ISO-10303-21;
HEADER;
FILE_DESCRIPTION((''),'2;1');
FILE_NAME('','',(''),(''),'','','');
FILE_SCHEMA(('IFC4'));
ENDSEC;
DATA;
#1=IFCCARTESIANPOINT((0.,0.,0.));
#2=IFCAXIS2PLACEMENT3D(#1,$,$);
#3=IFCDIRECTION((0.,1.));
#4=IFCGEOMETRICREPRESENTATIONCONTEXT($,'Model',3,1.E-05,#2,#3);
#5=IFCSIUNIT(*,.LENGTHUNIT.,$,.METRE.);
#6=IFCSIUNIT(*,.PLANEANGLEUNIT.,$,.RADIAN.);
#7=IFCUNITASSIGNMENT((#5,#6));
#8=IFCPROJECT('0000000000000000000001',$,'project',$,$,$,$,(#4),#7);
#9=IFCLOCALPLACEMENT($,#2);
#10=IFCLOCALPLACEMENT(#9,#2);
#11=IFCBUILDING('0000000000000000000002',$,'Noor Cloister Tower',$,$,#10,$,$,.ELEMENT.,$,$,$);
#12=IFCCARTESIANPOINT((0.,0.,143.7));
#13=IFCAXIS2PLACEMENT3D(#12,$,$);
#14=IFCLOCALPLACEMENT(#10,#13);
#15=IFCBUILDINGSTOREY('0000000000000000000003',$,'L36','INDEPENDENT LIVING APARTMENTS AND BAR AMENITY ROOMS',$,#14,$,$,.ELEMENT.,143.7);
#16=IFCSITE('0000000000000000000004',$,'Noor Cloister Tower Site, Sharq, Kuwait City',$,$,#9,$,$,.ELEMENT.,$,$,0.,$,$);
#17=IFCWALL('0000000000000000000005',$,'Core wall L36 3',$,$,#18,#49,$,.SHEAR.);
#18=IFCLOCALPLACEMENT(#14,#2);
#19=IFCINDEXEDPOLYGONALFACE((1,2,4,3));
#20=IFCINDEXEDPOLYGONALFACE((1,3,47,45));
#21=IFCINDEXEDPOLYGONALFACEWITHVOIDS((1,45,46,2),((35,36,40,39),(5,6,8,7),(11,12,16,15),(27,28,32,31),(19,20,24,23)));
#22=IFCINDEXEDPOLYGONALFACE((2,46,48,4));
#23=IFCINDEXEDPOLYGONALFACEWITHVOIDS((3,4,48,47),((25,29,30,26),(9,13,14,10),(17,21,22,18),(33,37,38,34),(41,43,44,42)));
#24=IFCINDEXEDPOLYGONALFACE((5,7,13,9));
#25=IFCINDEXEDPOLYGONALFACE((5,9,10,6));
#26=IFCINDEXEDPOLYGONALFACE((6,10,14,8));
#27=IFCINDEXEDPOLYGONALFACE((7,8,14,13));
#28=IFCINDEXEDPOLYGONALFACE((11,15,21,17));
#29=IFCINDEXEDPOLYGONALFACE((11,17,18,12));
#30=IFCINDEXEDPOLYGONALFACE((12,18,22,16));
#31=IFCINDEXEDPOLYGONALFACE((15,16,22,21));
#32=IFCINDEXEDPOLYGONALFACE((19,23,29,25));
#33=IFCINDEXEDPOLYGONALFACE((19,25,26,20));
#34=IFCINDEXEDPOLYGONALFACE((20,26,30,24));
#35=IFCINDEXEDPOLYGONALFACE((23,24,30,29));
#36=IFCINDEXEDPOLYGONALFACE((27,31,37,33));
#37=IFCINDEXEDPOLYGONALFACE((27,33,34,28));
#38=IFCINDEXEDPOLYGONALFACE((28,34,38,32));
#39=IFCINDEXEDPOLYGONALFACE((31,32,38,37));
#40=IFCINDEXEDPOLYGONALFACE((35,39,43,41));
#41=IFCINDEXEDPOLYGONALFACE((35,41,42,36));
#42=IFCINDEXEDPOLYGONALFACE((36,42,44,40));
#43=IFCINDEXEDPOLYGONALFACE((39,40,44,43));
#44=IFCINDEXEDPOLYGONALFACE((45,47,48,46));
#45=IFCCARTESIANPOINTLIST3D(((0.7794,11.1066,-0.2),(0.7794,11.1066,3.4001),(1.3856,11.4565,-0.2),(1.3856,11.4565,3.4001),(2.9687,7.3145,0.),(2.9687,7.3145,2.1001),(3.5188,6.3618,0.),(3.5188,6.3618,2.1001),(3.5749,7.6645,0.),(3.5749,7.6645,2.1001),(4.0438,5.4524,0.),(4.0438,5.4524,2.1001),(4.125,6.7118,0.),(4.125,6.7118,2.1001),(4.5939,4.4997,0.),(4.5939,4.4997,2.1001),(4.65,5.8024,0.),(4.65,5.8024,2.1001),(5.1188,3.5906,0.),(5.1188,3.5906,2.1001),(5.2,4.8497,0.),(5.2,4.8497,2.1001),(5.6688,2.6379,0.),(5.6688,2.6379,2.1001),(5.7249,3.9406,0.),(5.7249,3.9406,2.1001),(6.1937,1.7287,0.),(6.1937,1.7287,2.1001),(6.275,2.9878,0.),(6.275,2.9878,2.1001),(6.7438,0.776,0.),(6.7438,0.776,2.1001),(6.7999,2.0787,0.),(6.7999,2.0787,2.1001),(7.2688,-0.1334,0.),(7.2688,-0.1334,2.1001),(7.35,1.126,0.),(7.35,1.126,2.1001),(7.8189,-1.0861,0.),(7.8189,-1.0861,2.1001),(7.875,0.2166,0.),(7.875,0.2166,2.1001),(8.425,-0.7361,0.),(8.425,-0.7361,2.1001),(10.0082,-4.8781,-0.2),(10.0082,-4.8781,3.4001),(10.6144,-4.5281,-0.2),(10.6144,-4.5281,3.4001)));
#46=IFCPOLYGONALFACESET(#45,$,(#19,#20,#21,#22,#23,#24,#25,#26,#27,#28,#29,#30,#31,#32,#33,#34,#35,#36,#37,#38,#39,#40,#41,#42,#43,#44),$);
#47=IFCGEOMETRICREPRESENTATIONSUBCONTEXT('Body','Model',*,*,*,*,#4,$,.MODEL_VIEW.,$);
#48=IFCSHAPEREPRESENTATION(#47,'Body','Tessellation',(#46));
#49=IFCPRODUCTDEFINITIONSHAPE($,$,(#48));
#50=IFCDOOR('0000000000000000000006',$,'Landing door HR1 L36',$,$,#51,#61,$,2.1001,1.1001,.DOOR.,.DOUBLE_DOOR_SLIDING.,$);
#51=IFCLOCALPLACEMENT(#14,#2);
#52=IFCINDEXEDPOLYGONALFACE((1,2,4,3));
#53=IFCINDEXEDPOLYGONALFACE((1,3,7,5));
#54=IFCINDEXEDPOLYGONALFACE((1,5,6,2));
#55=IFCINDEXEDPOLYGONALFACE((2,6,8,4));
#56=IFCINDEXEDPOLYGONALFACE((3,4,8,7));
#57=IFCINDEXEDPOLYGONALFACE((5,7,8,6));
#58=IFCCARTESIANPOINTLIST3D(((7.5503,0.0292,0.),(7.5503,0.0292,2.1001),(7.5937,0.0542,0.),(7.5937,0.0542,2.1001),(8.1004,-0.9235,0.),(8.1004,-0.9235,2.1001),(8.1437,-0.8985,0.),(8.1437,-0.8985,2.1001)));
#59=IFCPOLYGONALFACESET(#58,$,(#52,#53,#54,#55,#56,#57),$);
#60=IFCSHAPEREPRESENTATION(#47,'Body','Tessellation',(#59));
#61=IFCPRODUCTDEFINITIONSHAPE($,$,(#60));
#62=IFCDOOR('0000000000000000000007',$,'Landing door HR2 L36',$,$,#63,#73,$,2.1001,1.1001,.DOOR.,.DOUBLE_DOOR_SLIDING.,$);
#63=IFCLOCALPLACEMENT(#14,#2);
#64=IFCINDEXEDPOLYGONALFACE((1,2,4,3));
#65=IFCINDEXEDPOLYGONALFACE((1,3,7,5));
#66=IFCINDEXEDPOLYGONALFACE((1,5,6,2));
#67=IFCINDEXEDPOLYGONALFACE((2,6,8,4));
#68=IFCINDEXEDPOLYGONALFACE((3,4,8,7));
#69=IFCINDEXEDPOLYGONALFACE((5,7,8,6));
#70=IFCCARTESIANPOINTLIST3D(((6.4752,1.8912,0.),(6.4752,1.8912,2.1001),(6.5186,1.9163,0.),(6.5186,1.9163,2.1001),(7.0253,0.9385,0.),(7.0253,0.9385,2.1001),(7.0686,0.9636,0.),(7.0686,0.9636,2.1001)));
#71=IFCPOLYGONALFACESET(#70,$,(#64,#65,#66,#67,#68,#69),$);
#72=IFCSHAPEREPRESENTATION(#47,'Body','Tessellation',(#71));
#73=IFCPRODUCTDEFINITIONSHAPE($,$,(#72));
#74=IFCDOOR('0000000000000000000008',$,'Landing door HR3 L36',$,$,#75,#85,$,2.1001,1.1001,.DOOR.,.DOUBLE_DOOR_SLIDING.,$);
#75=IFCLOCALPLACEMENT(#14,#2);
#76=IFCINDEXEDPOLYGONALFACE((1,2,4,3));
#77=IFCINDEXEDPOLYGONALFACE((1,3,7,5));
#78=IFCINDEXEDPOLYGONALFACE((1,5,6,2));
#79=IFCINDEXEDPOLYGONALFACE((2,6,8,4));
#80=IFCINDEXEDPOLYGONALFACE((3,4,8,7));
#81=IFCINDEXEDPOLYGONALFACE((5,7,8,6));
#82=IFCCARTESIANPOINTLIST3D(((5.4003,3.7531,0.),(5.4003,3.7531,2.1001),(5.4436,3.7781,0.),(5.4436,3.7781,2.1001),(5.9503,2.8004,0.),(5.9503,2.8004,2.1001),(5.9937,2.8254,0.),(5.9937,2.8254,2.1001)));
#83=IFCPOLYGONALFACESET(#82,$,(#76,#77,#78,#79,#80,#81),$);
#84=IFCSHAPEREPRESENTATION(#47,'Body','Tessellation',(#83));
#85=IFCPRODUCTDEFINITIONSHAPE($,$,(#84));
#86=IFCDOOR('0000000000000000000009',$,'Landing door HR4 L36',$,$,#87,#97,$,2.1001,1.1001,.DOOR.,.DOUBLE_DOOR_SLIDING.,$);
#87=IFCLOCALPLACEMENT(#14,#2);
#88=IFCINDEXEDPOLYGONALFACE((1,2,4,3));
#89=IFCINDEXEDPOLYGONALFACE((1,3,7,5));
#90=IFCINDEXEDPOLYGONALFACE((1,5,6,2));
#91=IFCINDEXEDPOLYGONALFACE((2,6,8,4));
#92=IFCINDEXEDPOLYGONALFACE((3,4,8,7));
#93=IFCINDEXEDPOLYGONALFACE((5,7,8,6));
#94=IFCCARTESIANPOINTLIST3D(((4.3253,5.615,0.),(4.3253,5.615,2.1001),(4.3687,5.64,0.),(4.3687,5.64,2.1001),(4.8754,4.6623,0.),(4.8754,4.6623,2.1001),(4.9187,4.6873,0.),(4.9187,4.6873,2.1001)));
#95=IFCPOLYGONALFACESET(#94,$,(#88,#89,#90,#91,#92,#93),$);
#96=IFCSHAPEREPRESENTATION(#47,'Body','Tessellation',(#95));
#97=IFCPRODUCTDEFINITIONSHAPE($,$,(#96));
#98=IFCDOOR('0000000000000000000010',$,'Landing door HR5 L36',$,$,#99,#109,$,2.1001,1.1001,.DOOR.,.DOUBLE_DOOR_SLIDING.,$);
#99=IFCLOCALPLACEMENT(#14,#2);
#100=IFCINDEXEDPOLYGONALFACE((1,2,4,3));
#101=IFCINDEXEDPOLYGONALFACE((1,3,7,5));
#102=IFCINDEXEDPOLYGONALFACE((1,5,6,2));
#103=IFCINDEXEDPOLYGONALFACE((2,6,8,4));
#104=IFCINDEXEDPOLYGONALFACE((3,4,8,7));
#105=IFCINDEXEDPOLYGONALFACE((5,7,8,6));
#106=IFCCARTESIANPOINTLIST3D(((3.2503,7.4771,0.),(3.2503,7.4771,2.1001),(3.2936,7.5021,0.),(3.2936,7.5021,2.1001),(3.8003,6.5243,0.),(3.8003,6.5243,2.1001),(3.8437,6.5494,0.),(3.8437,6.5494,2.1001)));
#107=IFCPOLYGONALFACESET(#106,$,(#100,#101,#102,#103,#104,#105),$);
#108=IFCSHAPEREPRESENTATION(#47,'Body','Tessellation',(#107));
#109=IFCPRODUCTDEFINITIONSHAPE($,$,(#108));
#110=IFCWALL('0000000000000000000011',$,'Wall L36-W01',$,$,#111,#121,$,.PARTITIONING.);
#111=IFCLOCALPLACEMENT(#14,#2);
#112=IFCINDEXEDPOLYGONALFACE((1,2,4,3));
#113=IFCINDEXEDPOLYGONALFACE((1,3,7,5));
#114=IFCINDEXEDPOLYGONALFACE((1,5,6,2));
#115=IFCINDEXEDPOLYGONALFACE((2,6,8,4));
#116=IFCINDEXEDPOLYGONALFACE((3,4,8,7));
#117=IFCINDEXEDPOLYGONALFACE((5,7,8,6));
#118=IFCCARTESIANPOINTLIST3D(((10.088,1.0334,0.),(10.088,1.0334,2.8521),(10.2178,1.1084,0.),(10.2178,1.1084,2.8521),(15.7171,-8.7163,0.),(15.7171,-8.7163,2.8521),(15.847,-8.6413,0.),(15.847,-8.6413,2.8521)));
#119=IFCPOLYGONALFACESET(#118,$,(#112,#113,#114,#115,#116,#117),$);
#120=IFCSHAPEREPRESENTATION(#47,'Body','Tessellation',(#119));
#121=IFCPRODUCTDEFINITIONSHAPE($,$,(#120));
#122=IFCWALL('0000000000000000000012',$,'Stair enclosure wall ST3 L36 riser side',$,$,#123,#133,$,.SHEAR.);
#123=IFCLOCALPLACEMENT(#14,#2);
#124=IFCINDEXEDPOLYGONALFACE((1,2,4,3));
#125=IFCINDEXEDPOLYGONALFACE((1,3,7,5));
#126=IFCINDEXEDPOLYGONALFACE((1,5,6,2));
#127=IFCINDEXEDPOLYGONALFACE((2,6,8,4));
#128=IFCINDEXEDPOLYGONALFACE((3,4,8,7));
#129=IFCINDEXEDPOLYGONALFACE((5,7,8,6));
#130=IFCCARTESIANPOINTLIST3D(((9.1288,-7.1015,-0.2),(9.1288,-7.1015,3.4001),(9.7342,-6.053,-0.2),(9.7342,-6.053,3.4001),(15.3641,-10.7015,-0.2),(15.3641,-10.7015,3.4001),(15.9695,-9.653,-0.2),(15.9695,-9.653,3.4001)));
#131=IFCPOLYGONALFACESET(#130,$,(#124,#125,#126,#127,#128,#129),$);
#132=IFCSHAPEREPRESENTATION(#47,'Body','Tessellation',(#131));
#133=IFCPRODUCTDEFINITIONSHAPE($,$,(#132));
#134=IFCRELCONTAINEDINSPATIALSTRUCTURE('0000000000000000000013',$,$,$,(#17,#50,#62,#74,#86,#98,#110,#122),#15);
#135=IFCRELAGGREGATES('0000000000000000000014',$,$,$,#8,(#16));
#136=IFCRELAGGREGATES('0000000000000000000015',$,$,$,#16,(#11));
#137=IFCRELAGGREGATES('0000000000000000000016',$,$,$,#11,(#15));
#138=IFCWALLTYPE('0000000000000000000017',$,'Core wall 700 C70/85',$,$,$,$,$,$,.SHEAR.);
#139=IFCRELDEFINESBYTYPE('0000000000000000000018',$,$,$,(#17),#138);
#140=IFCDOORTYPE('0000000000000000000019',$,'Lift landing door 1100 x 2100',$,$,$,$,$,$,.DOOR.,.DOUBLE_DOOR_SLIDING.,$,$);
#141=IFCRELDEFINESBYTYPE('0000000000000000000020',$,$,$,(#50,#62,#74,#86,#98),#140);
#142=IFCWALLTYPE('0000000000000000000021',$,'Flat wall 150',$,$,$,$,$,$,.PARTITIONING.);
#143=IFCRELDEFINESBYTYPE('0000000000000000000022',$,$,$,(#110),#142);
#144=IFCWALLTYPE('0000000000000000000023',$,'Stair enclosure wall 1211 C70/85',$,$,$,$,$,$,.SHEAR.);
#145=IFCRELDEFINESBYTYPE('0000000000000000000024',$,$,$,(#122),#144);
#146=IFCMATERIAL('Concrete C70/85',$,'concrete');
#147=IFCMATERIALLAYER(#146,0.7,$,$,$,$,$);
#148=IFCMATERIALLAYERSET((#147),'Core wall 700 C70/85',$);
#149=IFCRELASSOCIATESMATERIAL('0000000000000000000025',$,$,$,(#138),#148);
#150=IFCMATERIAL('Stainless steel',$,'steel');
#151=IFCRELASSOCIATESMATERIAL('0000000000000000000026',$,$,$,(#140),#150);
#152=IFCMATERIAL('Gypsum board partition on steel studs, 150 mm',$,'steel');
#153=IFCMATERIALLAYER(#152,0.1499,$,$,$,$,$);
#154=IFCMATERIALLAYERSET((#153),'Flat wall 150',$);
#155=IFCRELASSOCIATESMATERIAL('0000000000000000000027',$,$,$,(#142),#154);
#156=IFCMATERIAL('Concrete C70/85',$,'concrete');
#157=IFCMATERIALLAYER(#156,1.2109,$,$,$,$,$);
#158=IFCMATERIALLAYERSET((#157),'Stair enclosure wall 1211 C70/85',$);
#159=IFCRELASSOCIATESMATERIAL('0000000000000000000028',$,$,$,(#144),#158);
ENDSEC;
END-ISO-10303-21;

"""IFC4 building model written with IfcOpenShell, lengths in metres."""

from ifc_helpers import new_model, si_unit, direction, frame, frame_2d, origin, place, context, subcontext, project, spatial, rectangle, extrude, material, layer, layer_set, type_object, element, fill, save


model = new_model("IFC4")

# Units and contexts
model_context = context("Model", 3, precision=1e-05, world=origin(), true_north=direction((0.0, 1.0)))
body_context = subcontext(model_context, "Body", "Model", "MODEL_VIEW")
ifc_project = project(units=[si_unit("LENGTHUNIT", "METRE"), si_unit("PLANEANGLEUNIT", "RADIAN")], contexts=[model_context])

# Site, building, storey
site_placement = place(None, origin())
site = spatial("IfcSite", under=ifc_project, at=site_placement, Name="Noor Cloister Tower Site, Sharq, Kuwait City", CompositionType="ELEMENT", RefElevation=0.0)
building_placement = place(site_placement, origin())
building = spatial("IfcBuilding", under=site, at=building_placement, Name="Noor Cloister Tower", CompositionType="ELEMENT")
storey_placement = place(building_placement, frame((0.0, 0.0, 143.7)))
storey = spatial("IfcBuildingStorey", under=building, at=storey_placement, Name="L36", Description="INDEPENDENT LIVING APARTMENTS AND BAR AMENITY ROOMS", CompositionType="ELEMENT", Elevation=143.7)

# Wall, openings, doors
ifc_material_1 = material(Name="Concrete C70/85", Category="concrete")
ifc_layer_1 = layer(ifc_material_1, 0.7)
ifc_layer_set_1 = layer_set([ifc_layer_1], Name="Core wall 700 C70/85")
wall_type_1 = type_object("IfcWallType", Name="Core wall 700 C70/85", PredefinedType="SHEAR", material=ifc_layer_set_1)
wall_1_placement = place(storey_placement, frame((10.3113, -4.7031, -0.2), z_axis=(0.0, 0.0, 1.0), x_axis=(-0.500001, 0.866025, 0.0)))
wall_1 = element("IfcWall", 1, at=wall_1_placement, inside=storey, type_object=wall_type_1, Name="Core wall L36 3", PredefinedType="SHEAR", context=body_context, shape_type="SweptSolid", body=[
    extrude(rectangle(XDim=18.4575, YDim=0.7, at=frame_2d((9.2288, 0.0))), origin(), (0.0, 0.0, 1.0), 3.6001),
])
opening_1_placement = place(wall_1_placement, frame((4.3787, 0.0, 0.2)))
opening_1 = element("IfcOpeningElement", 2, at=opening_1_placement, cuts=wall_1, PredefinedType="OPENING", context=body_context, shape_type="SweptSolid", body=[
    extrude(rectangle(XDim=1.1001, YDim=2.1001, at=frame_2d((0.55, 1.05))), frame((0.0, 0.3599, 0.0), z_axis=(0.0, -1.0, 0.0), x_axis=(1.0, 0.0, 0.0)), (0.0, 0.0, 1.0), 0.72),
])
opening_2_placement = place(wall_1_placement, frame((6.5288, 0.0, 0.2)))
opening_2 = element("IfcOpeningElement", 3, at=opening_2_placement, cuts=wall_1, PredefinedType="OPENING", context=body_context, shape_type="SweptSolid", body=[
    extrude(rectangle(XDim=1.1001, YDim=2.1001, at=frame_2d((0.55, 1.05))), frame((0.0, 0.3599, 0.0), z_axis=(0.0, -1.0, 0.0), x_axis=(1.0, 0.0, 0.0)), (0.0, 0.0, 1.0), 0.72),
])
opening_3_placement = place(wall_1_placement, frame((8.6787, 0.0, 0.2)))
opening_3 = element("IfcOpeningElement", 4, at=opening_3_placement, cuts=wall_1, PredefinedType="OPENING", context=body_context, shape_type="SweptSolid", body=[
    extrude(rectangle(XDim=1.1001, YDim=2.1001, at=frame_2d((0.55, 1.05))), frame((0.0, 0.3599, 0.0), z_axis=(0.0, -1.0, 0.0), x_axis=(1.0, 0.0, 0.0)), (0.0, 0.0, 1.0), 0.72),
])
opening_4_placement = place(wall_1_placement, frame((10.8286, 0.0, 0.2)))
opening_4 = element("IfcOpeningElement", 5, at=opening_4_placement, cuts=wall_1, PredefinedType="OPENING", context=body_context, shape_type="SweptSolid", body=[
    extrude(rectangle(XDim=1.1001, YDim=2.1001, at=frame_2d((0.55, 1.05))), frame((0.0, 0.3599, 0.0), z_axis=(0.0, -1.0, 0.0), x_axis=(1.0, 0.0, 0.0)), (0.0, 0.0, 1.0), 0.72),
])
opening_5_placement = place(wall_1_placement, frame((12.9788, 0.0, 0.2)))
opening_5 = element("IfcOpeningElement", 6, at=opening_5_placement, cuts=wall_1, PredefinedType="OPENING", context=body_context, shape_type="SweptSolid", body=[
    extrude(rectangle(XDim=1.1001, YDim=2.1001, at=frame_2d((0.55, 1.05))), frame((0.0, 0.3599, 0.0), z_axis=(0.0, -1.0, 0.0), x_axis=(1.0, 0.0, 0.0)), (0.0, 0.0, 1.0), 0.72),
])
ifc_material_2 = material(Name="Stainless steel", Category="steel")
door_type = type_object("IfcDoorType", Name="Lift landing door 1100 x 2100", OperationType="DOUBLE_DOOR_SLIDING", PredefinedType="DOOR", material=ifc_material_2)
door_1_placement = place(opening_1_placement, origin())
door_1 = element("IfcDoor", 7, at=door_1_placement, inside=storey, type_object=door_type, Name="Landing door HR1 L36", OperationType="DOUBLE_DOOR_SLIDING", OverallHeight=2.1001, OverallWidth=1.1001, PredefinedType="DOOR", context=body_context, shape_type="SweptSolid", body=[
    extrude(rectangle(XDim=1.1001, YDim=2.1001, at=frame_2d((0.55, 1.05))), frame((0.0, 0.0249, 0.0), z_axis=(0.0, -1.0, 0.0), x_axis=(1.0, 0.0, 0.0)), (0.0, 0.0, 1.0), 0.05),
])
fill(opening_1, door_1)
door_2_placement = place(opening_2_placement, origin())
door_2 = element("IfcDoor", 8, at=door_2_placement, inside=storey, type_object=door_type, Name="Landing door HR2 L36", OperationType="DOUBLE_DOOR_SLIDING", OverallHeight=2.1001, OverallWidth=1.1001, PredefinedType="DOOR", context=body_context, shape_type="SweptSolid", body=[
    extrude(rectangle(XDim=1.1001, YDim=2.1001, at=frame_2d((0.55, 1.05))), frame((0.0, 0.0249, 0.0), z_axis=(0.0, -1.0, 0.0), x_axis=(1.0, 0.0, 0.0)), (0.0, 0.0, 1.0), 0.05),
])
fill(opening_2, door_2)
door_3_placement = place(opening_3_placement, origin())
door_3 = element("IfcDoor", 9, at=door_3_placement, inside=storey, type_object=door_type, Name="Landing door HR3 L36", OperationType="DOUBLE_DOOR_SLIDING", OverallHeight=2.1001, OverallWidth=1.1001, PredefinedType="DOOR", context=body_context, shape_type="SweptSolid", body=[
    extrude(rectangle(XDim=1.1001, YDim=2.1001, at=frame_2d((0.55, 1.05))), frame((0.0, 0.0249, 0.0), z_axis=(0.0, -1.0, 0.0), x_axis=(1.0, 0.0, 0.0)), (0.0, 0.0, 1.0), 0.05),
])
fill(opening_3, door_3)
door_4_placement = place(opening_4_placement, origin())
door_4 = element("IfcDoor", 10, at=door_4_placement, inside=storey, type_object=door_type, Name="Landing door HR4 L36", OperationType="DOUBLE_DOOR_SLIDING", OverallHeight=2.1001, OverallWidth=1.1001, PredefinedType="DOOR", context=body_context, shape_type="SweptSolid", body=[
    extrude(rectangle(XDim=1.1001, YDim=2.1001, at=frame_2d((0.55, 1.05))), frame((0.0, 0.0249, 0.0), z_axis=(0.0, -1.0, 0.0), x_axis=(1.0, 0.0, 0.0)), (0.0, 0.0, 1.0), 0.05),
])
fill(opening_4, door_4)
door_5_placement = place(opening_5_placement, origin())
door_5 = element("IfcDoor", 11, at=door_5_placement, inside=storey, type_object=door_type, Name="Landing door HR5 L36", OperationType="DOUBLE_DOOR_SLIDING", OverallHeight=2.1001, OverallWidth=1.1001, PredefinedType="DOOR", context=body_context, shape_type="SweptSolid", body=[
    extrude(rectangle(XDim=1.1001, YDim=2.1001, at=frame_2d((0.55, 1.05))), frame((0.0, 0.0249, 0.0), z_axis=(0.0, -1.0, 0.0), x_axis=(1.0, 0.0, 0.0)), (0.0, 0.0, 1.0), 0.05),
])
fill(opening_5, door_5)

# Walls
ifc_material_3 = material(Name="Gypsum board partition on steel studs, 150 mm", Category="steel")
ifc_layer_2 = layer(ifc_material_3, 0.1499)
ifc_layer_set_2 = layer_set([ifc_layer_2], Name="Flat wall 150")
wall_type_2 = type_object("IfcWallType", Name="Flat wall 150", PredefinedType="PARTITIONING", material=ifc_layer_set_2)
wall_2_placement = place(storey_placement, frame((15.782, -8.6787, 0.0), z_axis=(0.0, 0.0, 1.0), x_axis=(-0.500008, 0.866021, 0.0)))
element("IfcWall", 12, at=wall_2_placement, inside=storey, type_object=wall_type_2, Name="Wall L36-W01", PredefinedType="PARTITIONING", context=body_context, shape_type="SweptSolid", body=[
    extrude(rectangle(XDim=11.2581, YDim=0.1499, at=frame_2d((5.6289, 0.0))), origin(), (0.0, 0.0, 1.0), 2.8521),
])
ifc_material_4 = material(Name="Concrete C70/85", Category="concrete")
ifc_layer_3 = layer(ifc_material_4, 1.2109)
ifc_layer_set_3 = layer_set([ifc_layer_3], Name="Stair enclosure wall 1211 C70/85")
wall_type_3 = type_object("IfcWallType", Name="Stair enclosure wall 1211 C70/85", PredefinedType="SHEAR", material=ifc_layer_set_3)
wall_3_placement = place(storey_placement, frame((9.4314, -6.5771, -0.2), z_axis=(0.0, 0.0, 1.0), x_axis=(0.866018, -0.500012, 0.0)))
element("IfcWall", 13, at=wall_3_placement, inside=storey, type_object=wall_type_3, Name="Stair enclosure wall ST3 L36 riser side", PredefinedType="SHEAR", context=body_context, shape_type="SweptSolid", body=[
    extrude(rectangle(XDim=7.2, YDim=1.2107, at=frame_2d((3.6001, 0.0))), origin(), (0.0, 0.0, 1.0), 3.6001),
])

save(model, "model.ifc")
